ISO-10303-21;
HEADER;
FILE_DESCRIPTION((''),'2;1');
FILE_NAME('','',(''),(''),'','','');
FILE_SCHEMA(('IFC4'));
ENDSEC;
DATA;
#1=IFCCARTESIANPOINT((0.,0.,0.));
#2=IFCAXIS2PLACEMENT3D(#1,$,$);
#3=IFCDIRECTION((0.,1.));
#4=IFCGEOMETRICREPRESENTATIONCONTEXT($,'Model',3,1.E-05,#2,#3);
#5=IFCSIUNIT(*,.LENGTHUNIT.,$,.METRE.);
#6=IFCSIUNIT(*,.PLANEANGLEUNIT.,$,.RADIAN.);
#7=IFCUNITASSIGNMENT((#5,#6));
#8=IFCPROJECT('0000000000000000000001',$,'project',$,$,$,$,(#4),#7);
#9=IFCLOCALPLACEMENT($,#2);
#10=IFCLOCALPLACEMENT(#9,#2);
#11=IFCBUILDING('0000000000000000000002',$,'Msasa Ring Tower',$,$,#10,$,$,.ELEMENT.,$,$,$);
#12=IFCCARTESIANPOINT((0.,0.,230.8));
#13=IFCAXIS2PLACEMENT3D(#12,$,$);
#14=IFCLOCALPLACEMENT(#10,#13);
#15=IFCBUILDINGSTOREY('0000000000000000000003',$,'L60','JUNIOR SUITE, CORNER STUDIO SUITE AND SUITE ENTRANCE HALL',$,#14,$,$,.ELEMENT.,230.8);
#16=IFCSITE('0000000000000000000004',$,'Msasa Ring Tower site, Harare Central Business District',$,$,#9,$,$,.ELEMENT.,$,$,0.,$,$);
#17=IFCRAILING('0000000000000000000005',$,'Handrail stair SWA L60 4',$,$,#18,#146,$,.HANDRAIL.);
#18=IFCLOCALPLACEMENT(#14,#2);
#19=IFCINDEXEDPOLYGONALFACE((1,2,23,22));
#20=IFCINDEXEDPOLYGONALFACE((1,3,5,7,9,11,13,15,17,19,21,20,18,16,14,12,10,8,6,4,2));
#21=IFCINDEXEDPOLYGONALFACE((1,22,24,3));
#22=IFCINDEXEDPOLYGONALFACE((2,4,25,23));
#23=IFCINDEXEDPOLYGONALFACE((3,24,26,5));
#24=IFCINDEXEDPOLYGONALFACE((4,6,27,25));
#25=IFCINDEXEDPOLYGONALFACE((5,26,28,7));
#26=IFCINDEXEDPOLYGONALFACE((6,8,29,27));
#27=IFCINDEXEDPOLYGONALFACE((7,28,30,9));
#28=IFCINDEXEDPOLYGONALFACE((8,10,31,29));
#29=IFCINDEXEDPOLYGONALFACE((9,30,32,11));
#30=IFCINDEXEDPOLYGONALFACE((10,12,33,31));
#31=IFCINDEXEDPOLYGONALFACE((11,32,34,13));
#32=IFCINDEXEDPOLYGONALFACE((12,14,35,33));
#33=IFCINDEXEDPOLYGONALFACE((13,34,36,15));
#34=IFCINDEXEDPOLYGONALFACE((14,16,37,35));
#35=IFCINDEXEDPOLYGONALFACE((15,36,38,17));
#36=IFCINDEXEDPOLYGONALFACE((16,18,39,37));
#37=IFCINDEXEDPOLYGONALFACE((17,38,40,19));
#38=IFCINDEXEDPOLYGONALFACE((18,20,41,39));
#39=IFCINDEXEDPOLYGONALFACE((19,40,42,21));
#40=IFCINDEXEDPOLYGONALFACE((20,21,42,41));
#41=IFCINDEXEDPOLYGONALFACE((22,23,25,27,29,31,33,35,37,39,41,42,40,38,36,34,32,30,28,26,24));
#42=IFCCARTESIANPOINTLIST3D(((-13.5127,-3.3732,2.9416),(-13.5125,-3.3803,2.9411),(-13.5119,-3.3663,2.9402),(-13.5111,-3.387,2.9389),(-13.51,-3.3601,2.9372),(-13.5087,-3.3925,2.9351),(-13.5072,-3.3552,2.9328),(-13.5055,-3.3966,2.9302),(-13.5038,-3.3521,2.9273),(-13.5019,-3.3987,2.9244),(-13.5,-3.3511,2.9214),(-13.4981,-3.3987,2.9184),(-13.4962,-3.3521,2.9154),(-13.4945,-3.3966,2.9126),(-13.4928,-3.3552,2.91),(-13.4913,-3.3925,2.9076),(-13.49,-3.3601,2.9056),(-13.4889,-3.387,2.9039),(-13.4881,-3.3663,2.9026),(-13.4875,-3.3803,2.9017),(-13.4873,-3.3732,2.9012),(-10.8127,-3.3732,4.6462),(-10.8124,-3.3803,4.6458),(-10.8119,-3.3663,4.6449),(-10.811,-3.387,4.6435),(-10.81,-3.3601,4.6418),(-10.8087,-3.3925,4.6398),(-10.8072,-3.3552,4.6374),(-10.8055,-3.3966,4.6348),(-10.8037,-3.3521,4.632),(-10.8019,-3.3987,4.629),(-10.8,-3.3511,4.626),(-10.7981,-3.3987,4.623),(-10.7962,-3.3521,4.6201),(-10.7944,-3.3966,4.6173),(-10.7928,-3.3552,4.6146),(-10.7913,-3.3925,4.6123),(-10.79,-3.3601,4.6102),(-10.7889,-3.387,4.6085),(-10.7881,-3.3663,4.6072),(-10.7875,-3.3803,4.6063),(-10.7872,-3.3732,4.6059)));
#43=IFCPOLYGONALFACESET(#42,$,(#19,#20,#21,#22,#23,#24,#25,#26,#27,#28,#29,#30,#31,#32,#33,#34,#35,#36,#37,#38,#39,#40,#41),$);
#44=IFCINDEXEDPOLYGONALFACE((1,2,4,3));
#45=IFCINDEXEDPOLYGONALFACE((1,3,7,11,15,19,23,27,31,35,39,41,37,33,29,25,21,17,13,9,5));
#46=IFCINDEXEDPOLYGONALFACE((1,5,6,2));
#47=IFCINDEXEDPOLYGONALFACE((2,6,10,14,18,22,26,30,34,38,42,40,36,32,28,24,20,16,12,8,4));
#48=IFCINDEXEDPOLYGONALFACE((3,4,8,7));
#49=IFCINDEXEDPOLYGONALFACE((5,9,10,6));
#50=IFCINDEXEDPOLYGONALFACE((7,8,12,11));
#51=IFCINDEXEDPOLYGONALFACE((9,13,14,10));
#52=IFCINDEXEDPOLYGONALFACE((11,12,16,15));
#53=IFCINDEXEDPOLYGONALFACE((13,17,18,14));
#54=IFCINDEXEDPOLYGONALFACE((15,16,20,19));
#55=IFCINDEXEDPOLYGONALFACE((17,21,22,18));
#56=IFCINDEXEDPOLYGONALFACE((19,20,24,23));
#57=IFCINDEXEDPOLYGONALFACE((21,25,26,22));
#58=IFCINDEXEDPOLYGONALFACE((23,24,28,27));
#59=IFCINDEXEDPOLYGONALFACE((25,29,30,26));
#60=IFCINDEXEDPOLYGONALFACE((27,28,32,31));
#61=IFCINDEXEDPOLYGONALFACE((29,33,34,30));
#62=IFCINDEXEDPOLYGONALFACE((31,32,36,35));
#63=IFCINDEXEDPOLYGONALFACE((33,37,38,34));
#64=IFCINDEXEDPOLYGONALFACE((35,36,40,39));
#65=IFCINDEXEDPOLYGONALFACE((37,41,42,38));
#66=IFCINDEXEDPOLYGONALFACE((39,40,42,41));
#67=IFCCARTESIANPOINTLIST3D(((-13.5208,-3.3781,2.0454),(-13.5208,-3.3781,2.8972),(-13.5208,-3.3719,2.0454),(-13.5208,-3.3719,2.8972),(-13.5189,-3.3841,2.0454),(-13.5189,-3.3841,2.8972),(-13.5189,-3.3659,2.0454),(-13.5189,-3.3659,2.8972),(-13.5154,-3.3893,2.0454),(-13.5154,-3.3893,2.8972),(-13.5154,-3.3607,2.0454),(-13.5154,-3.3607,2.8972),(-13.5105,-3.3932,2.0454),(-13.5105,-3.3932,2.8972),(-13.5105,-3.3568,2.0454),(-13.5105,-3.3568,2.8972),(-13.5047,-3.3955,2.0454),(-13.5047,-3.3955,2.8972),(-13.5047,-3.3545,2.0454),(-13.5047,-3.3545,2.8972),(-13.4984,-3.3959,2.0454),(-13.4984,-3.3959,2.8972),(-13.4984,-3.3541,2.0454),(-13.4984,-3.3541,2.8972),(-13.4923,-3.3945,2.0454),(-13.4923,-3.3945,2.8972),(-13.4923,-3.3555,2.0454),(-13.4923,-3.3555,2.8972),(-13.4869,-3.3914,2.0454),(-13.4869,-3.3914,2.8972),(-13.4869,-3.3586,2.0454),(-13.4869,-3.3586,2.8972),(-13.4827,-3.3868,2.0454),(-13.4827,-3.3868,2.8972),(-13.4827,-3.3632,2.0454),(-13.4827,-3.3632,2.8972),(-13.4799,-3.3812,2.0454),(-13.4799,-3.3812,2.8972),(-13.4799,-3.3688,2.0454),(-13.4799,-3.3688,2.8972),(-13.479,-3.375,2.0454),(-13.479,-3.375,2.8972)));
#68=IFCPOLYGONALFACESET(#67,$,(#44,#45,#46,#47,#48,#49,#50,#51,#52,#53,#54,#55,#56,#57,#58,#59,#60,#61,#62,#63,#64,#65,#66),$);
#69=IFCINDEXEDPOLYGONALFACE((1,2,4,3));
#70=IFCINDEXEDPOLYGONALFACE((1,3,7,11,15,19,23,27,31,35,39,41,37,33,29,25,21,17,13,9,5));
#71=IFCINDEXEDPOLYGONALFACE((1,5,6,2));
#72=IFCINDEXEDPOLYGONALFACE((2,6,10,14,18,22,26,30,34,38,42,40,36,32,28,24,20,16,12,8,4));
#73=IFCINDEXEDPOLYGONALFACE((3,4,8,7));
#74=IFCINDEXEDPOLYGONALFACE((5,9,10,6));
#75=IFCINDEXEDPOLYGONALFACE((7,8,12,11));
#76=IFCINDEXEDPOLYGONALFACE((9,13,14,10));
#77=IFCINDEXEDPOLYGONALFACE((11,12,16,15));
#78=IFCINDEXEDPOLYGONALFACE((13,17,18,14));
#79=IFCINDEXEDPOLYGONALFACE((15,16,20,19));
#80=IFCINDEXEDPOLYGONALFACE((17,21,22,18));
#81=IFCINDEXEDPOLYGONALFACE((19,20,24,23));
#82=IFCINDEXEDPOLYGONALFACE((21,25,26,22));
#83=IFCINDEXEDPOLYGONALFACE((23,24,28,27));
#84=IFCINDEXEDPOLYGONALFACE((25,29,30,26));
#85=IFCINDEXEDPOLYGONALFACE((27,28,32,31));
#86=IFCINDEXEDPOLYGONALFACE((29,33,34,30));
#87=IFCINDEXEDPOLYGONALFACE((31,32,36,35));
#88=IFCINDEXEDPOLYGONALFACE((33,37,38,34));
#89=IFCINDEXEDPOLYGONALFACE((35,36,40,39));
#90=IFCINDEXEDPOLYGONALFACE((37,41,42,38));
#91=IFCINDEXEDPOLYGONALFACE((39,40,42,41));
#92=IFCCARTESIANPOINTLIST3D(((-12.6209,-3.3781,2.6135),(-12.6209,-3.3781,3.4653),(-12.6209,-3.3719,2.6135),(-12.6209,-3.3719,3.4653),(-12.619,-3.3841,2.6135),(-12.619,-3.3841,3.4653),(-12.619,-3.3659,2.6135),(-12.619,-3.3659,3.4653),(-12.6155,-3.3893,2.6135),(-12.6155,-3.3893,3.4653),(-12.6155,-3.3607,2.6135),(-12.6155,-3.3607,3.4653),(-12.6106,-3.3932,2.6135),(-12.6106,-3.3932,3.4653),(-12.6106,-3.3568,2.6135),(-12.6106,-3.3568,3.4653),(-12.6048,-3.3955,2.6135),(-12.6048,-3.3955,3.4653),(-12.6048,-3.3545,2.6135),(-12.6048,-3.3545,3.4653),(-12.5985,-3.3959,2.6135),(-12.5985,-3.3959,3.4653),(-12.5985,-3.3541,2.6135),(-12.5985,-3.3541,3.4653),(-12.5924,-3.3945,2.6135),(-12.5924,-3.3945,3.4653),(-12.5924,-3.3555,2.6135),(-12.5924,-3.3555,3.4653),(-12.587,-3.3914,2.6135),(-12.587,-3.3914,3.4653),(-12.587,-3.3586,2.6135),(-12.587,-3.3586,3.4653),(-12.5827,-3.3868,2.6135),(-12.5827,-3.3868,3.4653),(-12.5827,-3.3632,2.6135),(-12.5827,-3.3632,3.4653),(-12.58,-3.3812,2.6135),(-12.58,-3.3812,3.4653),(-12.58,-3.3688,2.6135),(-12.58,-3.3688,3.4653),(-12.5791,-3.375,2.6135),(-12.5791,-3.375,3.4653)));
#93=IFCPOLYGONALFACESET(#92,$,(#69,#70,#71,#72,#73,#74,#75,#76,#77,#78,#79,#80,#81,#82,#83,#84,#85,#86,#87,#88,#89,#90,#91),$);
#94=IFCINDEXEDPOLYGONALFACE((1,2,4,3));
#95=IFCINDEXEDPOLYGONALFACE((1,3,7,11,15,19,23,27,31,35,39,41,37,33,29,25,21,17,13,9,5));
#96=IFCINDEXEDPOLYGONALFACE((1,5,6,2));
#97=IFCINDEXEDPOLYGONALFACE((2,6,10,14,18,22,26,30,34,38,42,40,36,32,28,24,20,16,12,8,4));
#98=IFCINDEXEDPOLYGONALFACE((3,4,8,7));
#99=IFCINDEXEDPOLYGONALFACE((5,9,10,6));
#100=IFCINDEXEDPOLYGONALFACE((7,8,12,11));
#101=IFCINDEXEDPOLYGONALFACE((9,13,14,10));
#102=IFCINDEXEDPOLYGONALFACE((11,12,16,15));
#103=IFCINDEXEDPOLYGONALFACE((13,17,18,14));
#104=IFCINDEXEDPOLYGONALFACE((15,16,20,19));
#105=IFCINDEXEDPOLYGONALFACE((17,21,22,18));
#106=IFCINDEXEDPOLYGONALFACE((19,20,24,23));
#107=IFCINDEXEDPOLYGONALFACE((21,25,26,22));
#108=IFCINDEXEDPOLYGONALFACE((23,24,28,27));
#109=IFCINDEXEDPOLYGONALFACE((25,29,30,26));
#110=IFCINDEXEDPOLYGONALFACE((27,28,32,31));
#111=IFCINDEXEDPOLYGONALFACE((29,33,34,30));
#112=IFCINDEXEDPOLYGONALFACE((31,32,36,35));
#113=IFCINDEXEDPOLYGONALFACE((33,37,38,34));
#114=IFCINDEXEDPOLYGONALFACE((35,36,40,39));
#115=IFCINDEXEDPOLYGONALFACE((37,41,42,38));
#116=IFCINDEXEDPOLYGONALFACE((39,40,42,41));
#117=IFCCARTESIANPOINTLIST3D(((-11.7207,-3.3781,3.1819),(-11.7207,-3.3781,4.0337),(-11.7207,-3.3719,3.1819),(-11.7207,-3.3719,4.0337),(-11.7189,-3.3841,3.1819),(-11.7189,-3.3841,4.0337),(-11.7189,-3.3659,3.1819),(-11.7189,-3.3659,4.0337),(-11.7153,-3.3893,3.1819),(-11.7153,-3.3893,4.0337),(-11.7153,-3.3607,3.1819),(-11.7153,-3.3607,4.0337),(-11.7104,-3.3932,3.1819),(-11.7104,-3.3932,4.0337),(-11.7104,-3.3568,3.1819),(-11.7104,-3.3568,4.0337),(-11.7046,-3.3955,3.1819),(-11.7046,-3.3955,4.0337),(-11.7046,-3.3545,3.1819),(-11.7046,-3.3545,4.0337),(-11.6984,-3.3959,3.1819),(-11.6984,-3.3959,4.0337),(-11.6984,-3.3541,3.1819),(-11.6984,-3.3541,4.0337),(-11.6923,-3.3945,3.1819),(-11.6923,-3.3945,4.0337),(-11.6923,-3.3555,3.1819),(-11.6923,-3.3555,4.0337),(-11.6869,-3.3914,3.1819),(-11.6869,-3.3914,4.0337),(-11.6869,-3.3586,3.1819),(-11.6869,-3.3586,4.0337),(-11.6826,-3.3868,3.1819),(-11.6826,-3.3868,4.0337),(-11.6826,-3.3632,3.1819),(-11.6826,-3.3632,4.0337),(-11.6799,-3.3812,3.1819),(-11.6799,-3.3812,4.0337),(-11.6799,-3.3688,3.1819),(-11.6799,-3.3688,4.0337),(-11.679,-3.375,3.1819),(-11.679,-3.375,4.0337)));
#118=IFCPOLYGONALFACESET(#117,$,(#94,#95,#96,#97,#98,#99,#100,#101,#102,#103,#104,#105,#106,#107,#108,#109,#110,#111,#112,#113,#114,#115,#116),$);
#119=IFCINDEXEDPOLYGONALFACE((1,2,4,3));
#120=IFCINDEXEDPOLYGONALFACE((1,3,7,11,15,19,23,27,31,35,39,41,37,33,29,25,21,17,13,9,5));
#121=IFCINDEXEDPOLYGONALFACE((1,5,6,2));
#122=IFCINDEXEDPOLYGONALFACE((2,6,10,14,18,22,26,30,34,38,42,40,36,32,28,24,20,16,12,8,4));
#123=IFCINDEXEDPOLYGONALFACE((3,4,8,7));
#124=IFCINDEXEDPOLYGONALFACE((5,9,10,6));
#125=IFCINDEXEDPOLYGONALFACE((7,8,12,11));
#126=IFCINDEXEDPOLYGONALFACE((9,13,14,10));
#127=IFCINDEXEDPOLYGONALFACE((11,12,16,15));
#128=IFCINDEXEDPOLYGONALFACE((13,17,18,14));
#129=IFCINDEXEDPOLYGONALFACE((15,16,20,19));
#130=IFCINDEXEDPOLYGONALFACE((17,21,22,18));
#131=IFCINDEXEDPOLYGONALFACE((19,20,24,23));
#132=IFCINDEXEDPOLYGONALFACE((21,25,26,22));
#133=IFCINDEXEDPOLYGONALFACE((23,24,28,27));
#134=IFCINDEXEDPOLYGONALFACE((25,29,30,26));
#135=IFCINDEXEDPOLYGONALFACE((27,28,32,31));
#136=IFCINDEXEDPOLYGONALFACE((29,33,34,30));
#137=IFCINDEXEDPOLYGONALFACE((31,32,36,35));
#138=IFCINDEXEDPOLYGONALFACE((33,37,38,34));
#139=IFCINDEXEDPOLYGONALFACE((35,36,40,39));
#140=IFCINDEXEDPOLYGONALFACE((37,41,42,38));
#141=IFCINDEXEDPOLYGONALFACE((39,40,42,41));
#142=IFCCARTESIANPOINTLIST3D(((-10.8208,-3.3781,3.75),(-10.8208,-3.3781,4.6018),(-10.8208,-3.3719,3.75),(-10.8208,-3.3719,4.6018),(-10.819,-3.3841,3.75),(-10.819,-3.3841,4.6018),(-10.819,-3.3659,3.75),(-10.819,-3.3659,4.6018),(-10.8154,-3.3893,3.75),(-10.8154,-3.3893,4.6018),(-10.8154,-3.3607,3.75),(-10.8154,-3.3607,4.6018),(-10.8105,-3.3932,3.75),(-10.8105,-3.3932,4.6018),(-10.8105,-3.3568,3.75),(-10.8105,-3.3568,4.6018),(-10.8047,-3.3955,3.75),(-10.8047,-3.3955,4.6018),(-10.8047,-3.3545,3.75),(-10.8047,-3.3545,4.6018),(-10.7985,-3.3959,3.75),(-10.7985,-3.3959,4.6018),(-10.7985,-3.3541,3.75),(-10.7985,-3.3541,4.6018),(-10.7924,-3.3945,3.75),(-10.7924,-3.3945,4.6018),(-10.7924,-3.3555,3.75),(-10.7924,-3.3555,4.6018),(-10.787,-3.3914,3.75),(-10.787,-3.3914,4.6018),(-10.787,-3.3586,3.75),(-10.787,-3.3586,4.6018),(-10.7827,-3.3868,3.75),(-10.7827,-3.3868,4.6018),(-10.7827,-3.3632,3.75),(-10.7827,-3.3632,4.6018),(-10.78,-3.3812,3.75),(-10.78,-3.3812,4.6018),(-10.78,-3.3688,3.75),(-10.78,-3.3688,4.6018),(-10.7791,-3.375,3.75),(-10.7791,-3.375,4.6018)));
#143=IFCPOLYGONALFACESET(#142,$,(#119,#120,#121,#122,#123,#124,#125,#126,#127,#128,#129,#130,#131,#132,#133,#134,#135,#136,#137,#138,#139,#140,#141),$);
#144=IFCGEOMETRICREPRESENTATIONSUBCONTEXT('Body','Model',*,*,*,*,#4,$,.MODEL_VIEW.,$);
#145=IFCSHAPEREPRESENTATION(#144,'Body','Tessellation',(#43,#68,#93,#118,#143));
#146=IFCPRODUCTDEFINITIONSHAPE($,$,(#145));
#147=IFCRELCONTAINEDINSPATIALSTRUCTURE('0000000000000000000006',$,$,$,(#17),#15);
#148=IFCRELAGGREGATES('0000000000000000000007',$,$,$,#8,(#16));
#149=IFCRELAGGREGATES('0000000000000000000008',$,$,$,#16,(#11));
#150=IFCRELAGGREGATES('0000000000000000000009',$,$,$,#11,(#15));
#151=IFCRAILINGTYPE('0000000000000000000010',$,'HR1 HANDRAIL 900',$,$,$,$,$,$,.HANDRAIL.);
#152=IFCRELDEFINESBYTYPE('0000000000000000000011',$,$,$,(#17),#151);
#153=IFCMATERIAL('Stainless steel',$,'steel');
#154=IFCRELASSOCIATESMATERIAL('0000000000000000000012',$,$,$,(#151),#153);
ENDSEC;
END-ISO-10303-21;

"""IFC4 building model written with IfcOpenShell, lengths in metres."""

from ifc_helpers import new_model, si_unit, direction, frame, origin, origin_2d, place, context, subcontext, project, spatial, circle, extrude, material, type_object, element, save


model = new_model("IFC4")

# Units and contexts
model_context = context("Model", 3, precision=1e-05, world=origin(), true_north=direction((0.0, 1.0)))
body_context = subcontext(model_context, "Body", "Model", "MODEL_VIEW")
ifc_project = project(units=[si_unit("LENGTHUNIT", "METRE"), si_unit("PLANEANGLEUNIT", "RADIAN")], contexts=[model_context])

# Site, building, storey
site_placement = place(None, origin())
site = spatial("IfcSite", under=ifc_project, at=site_placement, Name="Msasa Ring Tower site, Harare Central Business District", CompositionType="ELEMENT", RefElevation=0.0)
building_placement = place(site_placement, origin())
building = spatial("IfcBuilding", under=site, at=building_placement, Name="Msasa Ring Tower", CompositionType="ELEMENT")
storey_placement = place(building_placement, frame((0.0, 0.0, 230.8)))
storey = spatial("IfcBuildingStorey", under=building, at=storey_placement, Name="L60", Description="JUNIOR SUITE, CORNER STUDIO SUITE AND SUITE ENTRANCE HALL", CompositionType="ELEMENT", Elevation=230.8)

# Railing
ifc_material_1 = material(Name="Stainless steel", Category="steel")
railing_type = type_object("IfcRailingType", Name="HR1 HANDRAIL 900", PredefinedType="HANDRAIL", material=ifc_material_1)
for number, where, name in (
    (1, (-13.5, -3.375, 2.0454), "Handrail stair SWA L60 4"),
):
    element("IfcRailing", number, at=place(storey_placement, frame(where)), inside=storey, type_object=railing_type, Name=name, PredefinedType="HANDRAIL", context=body_context, shape_type="SweptSolid", body=[
        extrude(circle(Radius=0.0239, at=origin_2d()), frame((0.0, 0.0, 0.876), z_axis=(0.84558, 0.0, 0.533849), x_axis=(0.0, 1.0, 0.0)), (0.0, 0.0, 1.0), 3.1931),
        extrude(circle(Radius=0.021, at=origin_2d()), origin(), (0.0, 0.0, 1.0), 0.8518),
        extrude(circle(Radius=0.021, at=origin_2d()), frame((0.8999, 0.0, 0.5681)), (0.0, 0.0, 1.0), 0.8518),
        extrude(circle(Radius=0.021, at=origin_2d()), frame((1.8, 0.0, 1.1365)), (0.0, 0.0, 1.0), 0.8518),
        extrude(circle(Radius=0.021, at=origin_2d()), frame((2.7, 0.0, 1.7046)), (0.0, 0.0, 1.0), 0.8518),
    ])

save(model, "model.ifc")
